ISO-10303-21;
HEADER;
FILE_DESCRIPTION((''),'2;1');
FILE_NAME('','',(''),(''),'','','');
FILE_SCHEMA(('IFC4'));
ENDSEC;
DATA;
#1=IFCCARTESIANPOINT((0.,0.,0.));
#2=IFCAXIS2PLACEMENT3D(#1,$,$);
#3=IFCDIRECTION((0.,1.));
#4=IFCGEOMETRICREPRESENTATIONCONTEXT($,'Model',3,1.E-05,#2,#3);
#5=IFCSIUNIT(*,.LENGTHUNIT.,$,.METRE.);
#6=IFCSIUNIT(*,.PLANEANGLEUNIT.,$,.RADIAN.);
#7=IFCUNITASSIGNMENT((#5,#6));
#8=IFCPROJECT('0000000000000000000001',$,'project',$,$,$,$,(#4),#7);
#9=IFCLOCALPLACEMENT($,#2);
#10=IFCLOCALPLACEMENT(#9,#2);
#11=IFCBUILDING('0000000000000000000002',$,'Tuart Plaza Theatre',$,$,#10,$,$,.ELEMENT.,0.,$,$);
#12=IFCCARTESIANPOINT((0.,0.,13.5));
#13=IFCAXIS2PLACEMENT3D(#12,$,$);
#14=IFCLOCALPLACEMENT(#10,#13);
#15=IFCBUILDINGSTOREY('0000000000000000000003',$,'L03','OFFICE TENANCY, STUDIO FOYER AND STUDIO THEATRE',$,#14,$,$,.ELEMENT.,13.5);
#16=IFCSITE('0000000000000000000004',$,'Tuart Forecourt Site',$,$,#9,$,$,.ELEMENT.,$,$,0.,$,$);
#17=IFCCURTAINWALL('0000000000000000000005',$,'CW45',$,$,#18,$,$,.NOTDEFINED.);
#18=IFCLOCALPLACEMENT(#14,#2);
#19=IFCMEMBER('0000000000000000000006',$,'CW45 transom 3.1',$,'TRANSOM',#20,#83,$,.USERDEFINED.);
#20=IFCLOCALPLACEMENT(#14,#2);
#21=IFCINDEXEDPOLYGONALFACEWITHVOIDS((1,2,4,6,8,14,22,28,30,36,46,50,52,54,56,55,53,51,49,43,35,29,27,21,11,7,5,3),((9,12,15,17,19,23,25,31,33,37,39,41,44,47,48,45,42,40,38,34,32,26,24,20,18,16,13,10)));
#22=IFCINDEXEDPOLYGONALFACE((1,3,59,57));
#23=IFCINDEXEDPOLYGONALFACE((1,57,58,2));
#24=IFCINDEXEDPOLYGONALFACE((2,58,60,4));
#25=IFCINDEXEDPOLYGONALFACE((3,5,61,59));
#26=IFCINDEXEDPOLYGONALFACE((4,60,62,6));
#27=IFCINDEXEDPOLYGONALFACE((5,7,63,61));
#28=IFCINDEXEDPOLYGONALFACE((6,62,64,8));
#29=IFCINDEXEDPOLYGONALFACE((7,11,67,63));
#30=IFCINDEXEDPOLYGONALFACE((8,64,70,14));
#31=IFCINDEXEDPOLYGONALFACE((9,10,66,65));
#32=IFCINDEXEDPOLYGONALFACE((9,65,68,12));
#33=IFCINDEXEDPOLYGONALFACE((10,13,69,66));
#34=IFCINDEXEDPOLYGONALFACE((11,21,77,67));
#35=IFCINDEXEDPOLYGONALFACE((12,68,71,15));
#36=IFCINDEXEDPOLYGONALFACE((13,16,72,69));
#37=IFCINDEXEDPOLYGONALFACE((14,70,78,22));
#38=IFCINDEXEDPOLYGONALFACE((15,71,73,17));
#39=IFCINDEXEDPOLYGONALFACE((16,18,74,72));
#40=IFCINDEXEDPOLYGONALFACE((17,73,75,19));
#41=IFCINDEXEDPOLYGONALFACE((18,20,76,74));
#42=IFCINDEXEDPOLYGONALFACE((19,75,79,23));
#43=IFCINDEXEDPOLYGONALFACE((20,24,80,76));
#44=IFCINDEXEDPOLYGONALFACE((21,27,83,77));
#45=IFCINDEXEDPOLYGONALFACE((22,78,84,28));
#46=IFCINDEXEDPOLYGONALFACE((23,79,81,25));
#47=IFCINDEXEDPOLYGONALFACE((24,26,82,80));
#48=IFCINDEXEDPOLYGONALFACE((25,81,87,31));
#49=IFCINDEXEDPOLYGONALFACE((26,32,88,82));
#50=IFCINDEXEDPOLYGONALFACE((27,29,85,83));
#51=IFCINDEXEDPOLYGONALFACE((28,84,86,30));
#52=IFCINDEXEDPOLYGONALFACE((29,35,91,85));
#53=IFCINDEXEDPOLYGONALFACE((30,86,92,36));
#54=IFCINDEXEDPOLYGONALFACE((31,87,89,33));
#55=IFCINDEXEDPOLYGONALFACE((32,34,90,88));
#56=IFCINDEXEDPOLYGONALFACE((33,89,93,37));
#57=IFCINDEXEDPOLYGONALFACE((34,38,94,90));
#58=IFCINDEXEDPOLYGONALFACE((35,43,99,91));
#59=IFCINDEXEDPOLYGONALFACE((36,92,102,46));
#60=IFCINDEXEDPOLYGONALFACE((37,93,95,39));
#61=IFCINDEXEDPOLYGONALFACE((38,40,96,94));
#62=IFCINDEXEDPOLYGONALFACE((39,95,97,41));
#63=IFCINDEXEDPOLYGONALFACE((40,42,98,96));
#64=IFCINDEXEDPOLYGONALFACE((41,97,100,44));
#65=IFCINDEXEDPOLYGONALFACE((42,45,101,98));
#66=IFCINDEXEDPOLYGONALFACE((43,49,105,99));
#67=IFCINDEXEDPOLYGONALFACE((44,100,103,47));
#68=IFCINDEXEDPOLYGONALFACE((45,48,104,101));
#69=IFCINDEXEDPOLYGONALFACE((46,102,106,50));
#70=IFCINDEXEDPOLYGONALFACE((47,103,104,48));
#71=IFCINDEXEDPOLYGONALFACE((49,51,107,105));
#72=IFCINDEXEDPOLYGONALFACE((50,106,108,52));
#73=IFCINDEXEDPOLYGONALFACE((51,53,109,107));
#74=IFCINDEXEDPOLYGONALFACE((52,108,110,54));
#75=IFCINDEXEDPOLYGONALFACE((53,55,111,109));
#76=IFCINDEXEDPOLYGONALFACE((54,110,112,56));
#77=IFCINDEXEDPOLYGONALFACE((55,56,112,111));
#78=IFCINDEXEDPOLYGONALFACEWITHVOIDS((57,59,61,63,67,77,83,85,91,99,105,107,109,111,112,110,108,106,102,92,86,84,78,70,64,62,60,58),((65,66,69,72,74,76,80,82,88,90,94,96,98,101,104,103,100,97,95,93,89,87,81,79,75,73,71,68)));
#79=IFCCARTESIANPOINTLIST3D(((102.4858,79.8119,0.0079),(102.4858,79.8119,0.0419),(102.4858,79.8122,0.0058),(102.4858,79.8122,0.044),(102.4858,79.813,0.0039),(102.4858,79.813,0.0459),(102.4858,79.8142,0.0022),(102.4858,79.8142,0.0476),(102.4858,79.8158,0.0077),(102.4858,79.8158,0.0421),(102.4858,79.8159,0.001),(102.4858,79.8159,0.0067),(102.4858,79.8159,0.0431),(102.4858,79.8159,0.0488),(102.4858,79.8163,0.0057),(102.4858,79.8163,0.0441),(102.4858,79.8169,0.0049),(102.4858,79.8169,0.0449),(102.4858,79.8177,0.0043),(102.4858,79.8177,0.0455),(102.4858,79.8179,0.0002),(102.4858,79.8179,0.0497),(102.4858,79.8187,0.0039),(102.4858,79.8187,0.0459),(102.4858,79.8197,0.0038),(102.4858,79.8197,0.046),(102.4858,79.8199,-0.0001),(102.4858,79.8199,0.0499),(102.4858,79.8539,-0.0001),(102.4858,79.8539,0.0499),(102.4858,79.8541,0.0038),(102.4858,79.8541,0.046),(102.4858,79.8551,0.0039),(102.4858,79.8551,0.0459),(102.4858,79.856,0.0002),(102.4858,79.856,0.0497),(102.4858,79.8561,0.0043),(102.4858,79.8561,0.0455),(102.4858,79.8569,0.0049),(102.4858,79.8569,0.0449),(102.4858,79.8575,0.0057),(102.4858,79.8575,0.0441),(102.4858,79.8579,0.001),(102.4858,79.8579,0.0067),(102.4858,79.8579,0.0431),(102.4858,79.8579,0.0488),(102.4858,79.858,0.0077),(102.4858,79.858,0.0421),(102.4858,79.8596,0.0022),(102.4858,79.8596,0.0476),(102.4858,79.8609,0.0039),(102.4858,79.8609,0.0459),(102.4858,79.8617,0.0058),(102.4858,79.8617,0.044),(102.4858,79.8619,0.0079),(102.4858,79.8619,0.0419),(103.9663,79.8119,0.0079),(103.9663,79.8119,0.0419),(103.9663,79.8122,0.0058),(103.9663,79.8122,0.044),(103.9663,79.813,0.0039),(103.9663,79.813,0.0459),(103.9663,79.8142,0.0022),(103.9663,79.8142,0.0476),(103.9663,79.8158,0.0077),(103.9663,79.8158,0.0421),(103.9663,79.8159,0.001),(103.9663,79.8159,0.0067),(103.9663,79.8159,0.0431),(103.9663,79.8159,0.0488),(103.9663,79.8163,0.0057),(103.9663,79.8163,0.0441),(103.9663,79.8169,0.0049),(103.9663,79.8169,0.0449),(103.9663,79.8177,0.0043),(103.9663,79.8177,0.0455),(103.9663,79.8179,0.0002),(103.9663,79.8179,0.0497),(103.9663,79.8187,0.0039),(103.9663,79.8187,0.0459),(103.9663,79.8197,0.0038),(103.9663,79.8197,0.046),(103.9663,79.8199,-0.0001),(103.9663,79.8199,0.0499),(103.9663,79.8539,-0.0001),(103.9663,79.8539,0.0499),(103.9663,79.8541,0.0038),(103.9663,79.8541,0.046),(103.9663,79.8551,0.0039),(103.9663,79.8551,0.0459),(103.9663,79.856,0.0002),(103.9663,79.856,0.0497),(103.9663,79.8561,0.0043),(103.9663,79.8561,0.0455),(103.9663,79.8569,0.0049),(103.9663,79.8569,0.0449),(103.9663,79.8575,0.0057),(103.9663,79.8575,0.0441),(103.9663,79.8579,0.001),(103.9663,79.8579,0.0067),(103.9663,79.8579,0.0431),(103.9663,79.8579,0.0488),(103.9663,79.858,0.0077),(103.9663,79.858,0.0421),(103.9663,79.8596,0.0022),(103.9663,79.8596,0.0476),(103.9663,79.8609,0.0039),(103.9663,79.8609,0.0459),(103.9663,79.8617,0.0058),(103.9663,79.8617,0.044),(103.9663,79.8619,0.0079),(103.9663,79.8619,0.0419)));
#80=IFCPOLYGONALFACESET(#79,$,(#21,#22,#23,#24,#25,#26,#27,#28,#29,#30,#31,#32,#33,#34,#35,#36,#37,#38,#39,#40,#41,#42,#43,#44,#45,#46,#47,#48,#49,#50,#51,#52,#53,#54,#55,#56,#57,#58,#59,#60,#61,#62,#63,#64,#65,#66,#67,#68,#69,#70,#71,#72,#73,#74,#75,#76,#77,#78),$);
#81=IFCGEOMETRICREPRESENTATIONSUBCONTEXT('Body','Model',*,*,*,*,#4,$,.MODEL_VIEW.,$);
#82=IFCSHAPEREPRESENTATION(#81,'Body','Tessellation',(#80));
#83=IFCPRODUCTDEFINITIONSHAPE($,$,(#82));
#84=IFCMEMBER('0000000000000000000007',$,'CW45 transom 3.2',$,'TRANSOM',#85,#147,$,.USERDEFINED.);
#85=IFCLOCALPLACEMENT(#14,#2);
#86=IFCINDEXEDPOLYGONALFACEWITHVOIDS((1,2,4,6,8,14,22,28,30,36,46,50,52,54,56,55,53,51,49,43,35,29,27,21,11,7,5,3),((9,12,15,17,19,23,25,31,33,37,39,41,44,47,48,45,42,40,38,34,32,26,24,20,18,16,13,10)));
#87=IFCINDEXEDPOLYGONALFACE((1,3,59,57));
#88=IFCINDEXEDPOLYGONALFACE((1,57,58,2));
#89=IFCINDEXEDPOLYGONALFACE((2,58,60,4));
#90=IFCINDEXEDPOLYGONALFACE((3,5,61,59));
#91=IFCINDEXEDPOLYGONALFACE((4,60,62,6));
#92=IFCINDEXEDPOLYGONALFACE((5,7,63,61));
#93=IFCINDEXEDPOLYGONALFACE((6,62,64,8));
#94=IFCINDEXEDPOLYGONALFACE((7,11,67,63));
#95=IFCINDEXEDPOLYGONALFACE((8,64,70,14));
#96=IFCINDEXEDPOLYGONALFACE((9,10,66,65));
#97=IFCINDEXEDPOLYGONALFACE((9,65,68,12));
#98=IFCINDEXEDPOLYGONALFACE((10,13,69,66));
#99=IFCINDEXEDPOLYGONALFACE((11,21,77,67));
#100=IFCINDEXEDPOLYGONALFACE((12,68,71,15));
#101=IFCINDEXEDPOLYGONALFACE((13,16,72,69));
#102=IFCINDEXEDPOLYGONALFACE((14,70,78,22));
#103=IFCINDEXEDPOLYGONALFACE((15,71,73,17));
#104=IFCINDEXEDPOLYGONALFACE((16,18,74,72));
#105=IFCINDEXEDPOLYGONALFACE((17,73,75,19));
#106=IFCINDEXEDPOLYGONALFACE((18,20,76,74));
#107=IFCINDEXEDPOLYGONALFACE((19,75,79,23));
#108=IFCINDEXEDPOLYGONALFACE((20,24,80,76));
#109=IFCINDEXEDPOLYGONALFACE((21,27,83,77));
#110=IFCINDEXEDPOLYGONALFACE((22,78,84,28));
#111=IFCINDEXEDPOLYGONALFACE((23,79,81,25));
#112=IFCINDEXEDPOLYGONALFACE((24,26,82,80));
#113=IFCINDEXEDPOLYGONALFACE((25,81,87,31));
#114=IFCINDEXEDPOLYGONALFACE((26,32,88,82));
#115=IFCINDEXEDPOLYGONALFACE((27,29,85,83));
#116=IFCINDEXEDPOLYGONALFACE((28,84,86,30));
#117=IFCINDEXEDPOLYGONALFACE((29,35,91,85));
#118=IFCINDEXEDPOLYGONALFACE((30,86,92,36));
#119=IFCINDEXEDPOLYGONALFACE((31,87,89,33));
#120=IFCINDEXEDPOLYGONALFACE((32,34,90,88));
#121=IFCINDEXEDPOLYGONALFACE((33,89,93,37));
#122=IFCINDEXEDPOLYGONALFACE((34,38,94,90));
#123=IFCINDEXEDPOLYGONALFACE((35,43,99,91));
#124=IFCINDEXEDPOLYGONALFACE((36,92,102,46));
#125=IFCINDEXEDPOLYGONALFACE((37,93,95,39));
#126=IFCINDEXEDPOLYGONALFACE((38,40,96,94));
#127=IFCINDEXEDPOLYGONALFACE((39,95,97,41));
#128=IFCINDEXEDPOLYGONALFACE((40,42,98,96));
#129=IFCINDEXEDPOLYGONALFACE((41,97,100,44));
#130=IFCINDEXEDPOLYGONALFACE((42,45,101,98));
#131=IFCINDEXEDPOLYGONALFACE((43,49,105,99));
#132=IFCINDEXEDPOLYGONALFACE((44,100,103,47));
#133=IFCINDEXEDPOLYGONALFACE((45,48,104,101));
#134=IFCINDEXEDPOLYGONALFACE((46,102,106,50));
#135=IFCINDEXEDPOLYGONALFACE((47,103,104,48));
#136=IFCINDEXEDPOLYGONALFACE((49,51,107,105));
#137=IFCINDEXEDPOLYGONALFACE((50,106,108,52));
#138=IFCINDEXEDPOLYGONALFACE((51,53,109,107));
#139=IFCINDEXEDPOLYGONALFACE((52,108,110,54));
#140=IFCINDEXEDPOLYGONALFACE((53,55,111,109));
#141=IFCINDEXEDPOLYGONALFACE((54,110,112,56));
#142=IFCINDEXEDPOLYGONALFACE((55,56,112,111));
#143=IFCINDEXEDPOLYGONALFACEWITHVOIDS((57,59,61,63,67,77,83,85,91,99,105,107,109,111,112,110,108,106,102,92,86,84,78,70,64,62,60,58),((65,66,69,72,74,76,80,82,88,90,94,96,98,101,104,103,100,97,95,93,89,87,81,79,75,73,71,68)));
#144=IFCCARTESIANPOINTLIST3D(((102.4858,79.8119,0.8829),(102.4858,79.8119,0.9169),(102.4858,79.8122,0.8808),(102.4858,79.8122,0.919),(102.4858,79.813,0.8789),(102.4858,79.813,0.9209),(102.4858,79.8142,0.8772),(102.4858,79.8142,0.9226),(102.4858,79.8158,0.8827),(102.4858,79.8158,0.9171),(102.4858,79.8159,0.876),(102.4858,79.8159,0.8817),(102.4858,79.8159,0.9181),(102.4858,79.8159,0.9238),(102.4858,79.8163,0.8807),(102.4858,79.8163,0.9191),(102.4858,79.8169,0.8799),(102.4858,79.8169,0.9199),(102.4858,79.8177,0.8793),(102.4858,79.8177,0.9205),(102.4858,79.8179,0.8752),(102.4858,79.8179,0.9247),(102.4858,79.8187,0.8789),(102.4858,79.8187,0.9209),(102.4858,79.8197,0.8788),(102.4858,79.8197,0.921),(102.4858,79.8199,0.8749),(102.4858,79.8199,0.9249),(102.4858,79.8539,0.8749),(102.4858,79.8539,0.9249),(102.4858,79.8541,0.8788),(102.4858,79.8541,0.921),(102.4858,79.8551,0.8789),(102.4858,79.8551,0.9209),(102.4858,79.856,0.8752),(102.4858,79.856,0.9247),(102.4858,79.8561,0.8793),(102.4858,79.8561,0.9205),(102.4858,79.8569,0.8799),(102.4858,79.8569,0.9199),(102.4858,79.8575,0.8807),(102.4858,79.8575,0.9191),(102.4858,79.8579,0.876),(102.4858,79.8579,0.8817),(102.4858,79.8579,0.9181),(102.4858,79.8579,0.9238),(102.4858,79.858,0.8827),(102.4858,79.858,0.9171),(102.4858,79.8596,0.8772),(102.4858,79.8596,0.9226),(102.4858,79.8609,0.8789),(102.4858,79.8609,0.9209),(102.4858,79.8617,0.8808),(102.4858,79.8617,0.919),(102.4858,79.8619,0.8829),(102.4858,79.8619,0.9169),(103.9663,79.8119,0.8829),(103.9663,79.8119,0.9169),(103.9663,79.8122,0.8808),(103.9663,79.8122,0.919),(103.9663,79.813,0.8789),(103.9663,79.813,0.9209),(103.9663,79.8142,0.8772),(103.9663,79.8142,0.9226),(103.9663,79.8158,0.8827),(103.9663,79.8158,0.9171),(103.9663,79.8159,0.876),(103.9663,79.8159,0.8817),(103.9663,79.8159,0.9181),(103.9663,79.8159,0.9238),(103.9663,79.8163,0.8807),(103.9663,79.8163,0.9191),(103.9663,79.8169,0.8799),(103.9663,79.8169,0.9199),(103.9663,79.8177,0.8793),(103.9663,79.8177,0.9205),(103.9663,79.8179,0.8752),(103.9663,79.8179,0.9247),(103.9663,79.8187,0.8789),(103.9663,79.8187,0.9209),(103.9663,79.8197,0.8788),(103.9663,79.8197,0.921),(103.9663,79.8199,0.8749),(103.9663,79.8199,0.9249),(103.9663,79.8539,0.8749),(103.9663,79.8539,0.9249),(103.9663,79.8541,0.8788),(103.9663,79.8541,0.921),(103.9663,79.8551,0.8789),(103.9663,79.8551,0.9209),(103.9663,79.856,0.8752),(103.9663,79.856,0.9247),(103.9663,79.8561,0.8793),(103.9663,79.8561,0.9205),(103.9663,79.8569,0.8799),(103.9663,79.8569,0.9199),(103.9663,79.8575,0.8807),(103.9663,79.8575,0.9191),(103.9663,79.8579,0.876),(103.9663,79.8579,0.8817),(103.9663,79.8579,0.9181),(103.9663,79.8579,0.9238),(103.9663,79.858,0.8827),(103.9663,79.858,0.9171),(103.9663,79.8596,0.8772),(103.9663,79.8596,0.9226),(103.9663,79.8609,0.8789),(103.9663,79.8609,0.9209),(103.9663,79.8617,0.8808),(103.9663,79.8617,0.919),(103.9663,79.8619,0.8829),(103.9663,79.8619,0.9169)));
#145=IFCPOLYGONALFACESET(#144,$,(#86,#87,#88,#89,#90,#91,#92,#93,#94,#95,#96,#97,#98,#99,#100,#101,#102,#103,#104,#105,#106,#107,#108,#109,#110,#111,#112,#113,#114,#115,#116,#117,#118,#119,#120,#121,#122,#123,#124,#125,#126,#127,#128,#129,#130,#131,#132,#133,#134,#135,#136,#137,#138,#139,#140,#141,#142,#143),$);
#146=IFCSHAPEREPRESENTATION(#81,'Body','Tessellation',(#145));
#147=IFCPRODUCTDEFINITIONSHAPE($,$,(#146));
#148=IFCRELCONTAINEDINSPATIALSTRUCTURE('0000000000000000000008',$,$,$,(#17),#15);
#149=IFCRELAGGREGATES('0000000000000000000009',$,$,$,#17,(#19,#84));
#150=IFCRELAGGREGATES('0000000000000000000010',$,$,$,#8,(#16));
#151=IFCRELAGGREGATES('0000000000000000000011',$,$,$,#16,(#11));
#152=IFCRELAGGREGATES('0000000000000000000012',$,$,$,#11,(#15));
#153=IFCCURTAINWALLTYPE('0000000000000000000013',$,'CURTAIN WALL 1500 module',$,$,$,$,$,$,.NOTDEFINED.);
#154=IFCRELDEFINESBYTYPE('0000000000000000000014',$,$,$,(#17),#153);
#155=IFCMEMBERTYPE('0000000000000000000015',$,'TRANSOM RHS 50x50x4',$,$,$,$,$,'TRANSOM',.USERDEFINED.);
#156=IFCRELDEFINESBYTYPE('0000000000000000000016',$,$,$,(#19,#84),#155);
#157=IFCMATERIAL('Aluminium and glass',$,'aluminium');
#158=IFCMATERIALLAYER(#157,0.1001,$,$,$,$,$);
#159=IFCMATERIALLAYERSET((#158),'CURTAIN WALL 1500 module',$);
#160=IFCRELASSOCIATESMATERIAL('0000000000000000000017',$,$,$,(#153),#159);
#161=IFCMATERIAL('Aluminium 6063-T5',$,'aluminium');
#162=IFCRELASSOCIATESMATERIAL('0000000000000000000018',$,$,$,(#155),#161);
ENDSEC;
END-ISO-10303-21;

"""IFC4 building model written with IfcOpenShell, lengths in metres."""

from ifc_helpers import new_model, si_unit, direction, frame, origin, origin_2d, place, context, subcontext, project, spatial, hollow_rectangle, extrude, material, layer, layer_set, material_profile, profile_set, type_object, element, aggregate, save


model = new_model("IFC4")

# Units and contexts
model_context = context("Model", 3, precision=1e-05, world=origin(), true_north=direction((0.0, 1.0)))
body_context = subcontext(model_context, "Body", "Model", "MODEL_VIEW")
ifc_project = project(units=[si_unit("LENGTHUNIT", "METRE"), si_unit("PLANEANGLEUNIT", "RADIAN")], contexts=[model_context])

# Site, building, storey
site_placement = place(None, origin())
site = spatial("IfcSite", under=ifc_project, at=site_placement, Name="Tuart Forecourt Site", CompositionType="ELEMENT", RefElevation=0.0)
building_placement = place(site_placement, origin())
building = spatial("IfcBuilding", under=site, at=building_placement, Name="Tuart Plaza Theatre", CompositionType="ELEMENT", ElevationOfRefHeight=0.0)
storey_placement = place(building_placement, frame((0.0, 0.0, 13.5)))
storey = spatial("IfcBuildingStorey", under=building, at=storey_placement, Name="L03", Description="OFFICE TENANCY, STUDIO FOYER AND STUDIO THEATRE", CompositionType="ELEMENT", Elevation=13.5)

# Curtain wall, members
ifc_material_1 = material(Name="Aluminium and glass", Category="aluminium")
ifc_layer_1 = layer(ifc_material_1, 0.1001)
ifc_layer_set_1 = layer_set([ifc_layer_1], Name="CURTAIN WALL 1500 module")
curtain_wall_type = type_object("IfcCurtainWallType", Name="CURTAIN WALL 1500 module", PredefinedType="NOTDEFINED", material=ifc_layer_set_1)
curtain_wall_placement = place(storey_placement, origin())
curtain_wall = element("IfcCurtainWall", 1, at=curtain_wall_placement, inside=storey, type_object=curtain_wall_type, Name="CW45", PredefinedType="NOTDEFINED")
ifc_material_2 = material(Name="Aluminium 6063-T5", Category="aluminium")
ifc_material_profile_1 = material_profile(ifc_material_2, hollow_rectangle(XDim=0.05, YDim=0.05, WallThickness=0.0039, InnerFilletRadius=0.0039, OuterFilletRadius=0.0081, at=origin_2d()), Name="RHS 50x50x4")
ifc_profile_set_1 = profile_set([ifc_material_profile_1], Name="Aluminium 6063-T5")
member_type_1 = type_object("IfcMemberType", Name="TRANSOM RHS 50x50x4", ElementType="TRANSOM", PredefinedType="USERDEFINED", material=ifc_profile_set_1)
member_1_placement = place(storey_placement, frame((102.4858, 79.8369, 0.0249), z_axis=(1.0, 0.0, 0.0), x_axis=(0.0, 1.0, 0.0)))
member_1 = element("IfcMember", 2, at=member_1_placement, type_object=member_type_1, Name="CW45 transom 3.1", ObjectType="TRANSOM", PredefinedType="USERDEFINED", context=body_context, shape_type="SweptSolid", body=[
    extrude(hollow_rectangle(XDim=0.05, YDim=0.05, WallThickness=0.0039, InnerFilletRadius=0.0039, OuterFilletRadius=0.0081, at=origin_2d()), origin(), (0.0, 0.0, 1.0), 1.4805),
])
member_2_placement = place(storey_placement, frame((102.4858, 79.8369, 0.8999), z_axis=(1.0, 0.0, 0.0), x_axis=(0.0, 1.0, 0.0)))
member_2 = element("IfcMember", 3, at=member_2_placement, type_object=member_type_1, Name="CW45 transom 3.2", ObjectType="TRANSOM", PredefinedType="USERDEFINED", context=body_context, shape_type="SweptSolid", body=[
    extrude(hollow_rectangle(XDim=0.05, YDim=0.05, WallThickness=0.0039, InnerFilletRadius=0.0039, OuterFilletRadius=0.0081, at=origin_2d()), origin(), (0.0, 0.0, 1.0), 1.4805),
])
aggregate(curtain_wall, [member_1, member_2])

save(model, "model.ifc")
